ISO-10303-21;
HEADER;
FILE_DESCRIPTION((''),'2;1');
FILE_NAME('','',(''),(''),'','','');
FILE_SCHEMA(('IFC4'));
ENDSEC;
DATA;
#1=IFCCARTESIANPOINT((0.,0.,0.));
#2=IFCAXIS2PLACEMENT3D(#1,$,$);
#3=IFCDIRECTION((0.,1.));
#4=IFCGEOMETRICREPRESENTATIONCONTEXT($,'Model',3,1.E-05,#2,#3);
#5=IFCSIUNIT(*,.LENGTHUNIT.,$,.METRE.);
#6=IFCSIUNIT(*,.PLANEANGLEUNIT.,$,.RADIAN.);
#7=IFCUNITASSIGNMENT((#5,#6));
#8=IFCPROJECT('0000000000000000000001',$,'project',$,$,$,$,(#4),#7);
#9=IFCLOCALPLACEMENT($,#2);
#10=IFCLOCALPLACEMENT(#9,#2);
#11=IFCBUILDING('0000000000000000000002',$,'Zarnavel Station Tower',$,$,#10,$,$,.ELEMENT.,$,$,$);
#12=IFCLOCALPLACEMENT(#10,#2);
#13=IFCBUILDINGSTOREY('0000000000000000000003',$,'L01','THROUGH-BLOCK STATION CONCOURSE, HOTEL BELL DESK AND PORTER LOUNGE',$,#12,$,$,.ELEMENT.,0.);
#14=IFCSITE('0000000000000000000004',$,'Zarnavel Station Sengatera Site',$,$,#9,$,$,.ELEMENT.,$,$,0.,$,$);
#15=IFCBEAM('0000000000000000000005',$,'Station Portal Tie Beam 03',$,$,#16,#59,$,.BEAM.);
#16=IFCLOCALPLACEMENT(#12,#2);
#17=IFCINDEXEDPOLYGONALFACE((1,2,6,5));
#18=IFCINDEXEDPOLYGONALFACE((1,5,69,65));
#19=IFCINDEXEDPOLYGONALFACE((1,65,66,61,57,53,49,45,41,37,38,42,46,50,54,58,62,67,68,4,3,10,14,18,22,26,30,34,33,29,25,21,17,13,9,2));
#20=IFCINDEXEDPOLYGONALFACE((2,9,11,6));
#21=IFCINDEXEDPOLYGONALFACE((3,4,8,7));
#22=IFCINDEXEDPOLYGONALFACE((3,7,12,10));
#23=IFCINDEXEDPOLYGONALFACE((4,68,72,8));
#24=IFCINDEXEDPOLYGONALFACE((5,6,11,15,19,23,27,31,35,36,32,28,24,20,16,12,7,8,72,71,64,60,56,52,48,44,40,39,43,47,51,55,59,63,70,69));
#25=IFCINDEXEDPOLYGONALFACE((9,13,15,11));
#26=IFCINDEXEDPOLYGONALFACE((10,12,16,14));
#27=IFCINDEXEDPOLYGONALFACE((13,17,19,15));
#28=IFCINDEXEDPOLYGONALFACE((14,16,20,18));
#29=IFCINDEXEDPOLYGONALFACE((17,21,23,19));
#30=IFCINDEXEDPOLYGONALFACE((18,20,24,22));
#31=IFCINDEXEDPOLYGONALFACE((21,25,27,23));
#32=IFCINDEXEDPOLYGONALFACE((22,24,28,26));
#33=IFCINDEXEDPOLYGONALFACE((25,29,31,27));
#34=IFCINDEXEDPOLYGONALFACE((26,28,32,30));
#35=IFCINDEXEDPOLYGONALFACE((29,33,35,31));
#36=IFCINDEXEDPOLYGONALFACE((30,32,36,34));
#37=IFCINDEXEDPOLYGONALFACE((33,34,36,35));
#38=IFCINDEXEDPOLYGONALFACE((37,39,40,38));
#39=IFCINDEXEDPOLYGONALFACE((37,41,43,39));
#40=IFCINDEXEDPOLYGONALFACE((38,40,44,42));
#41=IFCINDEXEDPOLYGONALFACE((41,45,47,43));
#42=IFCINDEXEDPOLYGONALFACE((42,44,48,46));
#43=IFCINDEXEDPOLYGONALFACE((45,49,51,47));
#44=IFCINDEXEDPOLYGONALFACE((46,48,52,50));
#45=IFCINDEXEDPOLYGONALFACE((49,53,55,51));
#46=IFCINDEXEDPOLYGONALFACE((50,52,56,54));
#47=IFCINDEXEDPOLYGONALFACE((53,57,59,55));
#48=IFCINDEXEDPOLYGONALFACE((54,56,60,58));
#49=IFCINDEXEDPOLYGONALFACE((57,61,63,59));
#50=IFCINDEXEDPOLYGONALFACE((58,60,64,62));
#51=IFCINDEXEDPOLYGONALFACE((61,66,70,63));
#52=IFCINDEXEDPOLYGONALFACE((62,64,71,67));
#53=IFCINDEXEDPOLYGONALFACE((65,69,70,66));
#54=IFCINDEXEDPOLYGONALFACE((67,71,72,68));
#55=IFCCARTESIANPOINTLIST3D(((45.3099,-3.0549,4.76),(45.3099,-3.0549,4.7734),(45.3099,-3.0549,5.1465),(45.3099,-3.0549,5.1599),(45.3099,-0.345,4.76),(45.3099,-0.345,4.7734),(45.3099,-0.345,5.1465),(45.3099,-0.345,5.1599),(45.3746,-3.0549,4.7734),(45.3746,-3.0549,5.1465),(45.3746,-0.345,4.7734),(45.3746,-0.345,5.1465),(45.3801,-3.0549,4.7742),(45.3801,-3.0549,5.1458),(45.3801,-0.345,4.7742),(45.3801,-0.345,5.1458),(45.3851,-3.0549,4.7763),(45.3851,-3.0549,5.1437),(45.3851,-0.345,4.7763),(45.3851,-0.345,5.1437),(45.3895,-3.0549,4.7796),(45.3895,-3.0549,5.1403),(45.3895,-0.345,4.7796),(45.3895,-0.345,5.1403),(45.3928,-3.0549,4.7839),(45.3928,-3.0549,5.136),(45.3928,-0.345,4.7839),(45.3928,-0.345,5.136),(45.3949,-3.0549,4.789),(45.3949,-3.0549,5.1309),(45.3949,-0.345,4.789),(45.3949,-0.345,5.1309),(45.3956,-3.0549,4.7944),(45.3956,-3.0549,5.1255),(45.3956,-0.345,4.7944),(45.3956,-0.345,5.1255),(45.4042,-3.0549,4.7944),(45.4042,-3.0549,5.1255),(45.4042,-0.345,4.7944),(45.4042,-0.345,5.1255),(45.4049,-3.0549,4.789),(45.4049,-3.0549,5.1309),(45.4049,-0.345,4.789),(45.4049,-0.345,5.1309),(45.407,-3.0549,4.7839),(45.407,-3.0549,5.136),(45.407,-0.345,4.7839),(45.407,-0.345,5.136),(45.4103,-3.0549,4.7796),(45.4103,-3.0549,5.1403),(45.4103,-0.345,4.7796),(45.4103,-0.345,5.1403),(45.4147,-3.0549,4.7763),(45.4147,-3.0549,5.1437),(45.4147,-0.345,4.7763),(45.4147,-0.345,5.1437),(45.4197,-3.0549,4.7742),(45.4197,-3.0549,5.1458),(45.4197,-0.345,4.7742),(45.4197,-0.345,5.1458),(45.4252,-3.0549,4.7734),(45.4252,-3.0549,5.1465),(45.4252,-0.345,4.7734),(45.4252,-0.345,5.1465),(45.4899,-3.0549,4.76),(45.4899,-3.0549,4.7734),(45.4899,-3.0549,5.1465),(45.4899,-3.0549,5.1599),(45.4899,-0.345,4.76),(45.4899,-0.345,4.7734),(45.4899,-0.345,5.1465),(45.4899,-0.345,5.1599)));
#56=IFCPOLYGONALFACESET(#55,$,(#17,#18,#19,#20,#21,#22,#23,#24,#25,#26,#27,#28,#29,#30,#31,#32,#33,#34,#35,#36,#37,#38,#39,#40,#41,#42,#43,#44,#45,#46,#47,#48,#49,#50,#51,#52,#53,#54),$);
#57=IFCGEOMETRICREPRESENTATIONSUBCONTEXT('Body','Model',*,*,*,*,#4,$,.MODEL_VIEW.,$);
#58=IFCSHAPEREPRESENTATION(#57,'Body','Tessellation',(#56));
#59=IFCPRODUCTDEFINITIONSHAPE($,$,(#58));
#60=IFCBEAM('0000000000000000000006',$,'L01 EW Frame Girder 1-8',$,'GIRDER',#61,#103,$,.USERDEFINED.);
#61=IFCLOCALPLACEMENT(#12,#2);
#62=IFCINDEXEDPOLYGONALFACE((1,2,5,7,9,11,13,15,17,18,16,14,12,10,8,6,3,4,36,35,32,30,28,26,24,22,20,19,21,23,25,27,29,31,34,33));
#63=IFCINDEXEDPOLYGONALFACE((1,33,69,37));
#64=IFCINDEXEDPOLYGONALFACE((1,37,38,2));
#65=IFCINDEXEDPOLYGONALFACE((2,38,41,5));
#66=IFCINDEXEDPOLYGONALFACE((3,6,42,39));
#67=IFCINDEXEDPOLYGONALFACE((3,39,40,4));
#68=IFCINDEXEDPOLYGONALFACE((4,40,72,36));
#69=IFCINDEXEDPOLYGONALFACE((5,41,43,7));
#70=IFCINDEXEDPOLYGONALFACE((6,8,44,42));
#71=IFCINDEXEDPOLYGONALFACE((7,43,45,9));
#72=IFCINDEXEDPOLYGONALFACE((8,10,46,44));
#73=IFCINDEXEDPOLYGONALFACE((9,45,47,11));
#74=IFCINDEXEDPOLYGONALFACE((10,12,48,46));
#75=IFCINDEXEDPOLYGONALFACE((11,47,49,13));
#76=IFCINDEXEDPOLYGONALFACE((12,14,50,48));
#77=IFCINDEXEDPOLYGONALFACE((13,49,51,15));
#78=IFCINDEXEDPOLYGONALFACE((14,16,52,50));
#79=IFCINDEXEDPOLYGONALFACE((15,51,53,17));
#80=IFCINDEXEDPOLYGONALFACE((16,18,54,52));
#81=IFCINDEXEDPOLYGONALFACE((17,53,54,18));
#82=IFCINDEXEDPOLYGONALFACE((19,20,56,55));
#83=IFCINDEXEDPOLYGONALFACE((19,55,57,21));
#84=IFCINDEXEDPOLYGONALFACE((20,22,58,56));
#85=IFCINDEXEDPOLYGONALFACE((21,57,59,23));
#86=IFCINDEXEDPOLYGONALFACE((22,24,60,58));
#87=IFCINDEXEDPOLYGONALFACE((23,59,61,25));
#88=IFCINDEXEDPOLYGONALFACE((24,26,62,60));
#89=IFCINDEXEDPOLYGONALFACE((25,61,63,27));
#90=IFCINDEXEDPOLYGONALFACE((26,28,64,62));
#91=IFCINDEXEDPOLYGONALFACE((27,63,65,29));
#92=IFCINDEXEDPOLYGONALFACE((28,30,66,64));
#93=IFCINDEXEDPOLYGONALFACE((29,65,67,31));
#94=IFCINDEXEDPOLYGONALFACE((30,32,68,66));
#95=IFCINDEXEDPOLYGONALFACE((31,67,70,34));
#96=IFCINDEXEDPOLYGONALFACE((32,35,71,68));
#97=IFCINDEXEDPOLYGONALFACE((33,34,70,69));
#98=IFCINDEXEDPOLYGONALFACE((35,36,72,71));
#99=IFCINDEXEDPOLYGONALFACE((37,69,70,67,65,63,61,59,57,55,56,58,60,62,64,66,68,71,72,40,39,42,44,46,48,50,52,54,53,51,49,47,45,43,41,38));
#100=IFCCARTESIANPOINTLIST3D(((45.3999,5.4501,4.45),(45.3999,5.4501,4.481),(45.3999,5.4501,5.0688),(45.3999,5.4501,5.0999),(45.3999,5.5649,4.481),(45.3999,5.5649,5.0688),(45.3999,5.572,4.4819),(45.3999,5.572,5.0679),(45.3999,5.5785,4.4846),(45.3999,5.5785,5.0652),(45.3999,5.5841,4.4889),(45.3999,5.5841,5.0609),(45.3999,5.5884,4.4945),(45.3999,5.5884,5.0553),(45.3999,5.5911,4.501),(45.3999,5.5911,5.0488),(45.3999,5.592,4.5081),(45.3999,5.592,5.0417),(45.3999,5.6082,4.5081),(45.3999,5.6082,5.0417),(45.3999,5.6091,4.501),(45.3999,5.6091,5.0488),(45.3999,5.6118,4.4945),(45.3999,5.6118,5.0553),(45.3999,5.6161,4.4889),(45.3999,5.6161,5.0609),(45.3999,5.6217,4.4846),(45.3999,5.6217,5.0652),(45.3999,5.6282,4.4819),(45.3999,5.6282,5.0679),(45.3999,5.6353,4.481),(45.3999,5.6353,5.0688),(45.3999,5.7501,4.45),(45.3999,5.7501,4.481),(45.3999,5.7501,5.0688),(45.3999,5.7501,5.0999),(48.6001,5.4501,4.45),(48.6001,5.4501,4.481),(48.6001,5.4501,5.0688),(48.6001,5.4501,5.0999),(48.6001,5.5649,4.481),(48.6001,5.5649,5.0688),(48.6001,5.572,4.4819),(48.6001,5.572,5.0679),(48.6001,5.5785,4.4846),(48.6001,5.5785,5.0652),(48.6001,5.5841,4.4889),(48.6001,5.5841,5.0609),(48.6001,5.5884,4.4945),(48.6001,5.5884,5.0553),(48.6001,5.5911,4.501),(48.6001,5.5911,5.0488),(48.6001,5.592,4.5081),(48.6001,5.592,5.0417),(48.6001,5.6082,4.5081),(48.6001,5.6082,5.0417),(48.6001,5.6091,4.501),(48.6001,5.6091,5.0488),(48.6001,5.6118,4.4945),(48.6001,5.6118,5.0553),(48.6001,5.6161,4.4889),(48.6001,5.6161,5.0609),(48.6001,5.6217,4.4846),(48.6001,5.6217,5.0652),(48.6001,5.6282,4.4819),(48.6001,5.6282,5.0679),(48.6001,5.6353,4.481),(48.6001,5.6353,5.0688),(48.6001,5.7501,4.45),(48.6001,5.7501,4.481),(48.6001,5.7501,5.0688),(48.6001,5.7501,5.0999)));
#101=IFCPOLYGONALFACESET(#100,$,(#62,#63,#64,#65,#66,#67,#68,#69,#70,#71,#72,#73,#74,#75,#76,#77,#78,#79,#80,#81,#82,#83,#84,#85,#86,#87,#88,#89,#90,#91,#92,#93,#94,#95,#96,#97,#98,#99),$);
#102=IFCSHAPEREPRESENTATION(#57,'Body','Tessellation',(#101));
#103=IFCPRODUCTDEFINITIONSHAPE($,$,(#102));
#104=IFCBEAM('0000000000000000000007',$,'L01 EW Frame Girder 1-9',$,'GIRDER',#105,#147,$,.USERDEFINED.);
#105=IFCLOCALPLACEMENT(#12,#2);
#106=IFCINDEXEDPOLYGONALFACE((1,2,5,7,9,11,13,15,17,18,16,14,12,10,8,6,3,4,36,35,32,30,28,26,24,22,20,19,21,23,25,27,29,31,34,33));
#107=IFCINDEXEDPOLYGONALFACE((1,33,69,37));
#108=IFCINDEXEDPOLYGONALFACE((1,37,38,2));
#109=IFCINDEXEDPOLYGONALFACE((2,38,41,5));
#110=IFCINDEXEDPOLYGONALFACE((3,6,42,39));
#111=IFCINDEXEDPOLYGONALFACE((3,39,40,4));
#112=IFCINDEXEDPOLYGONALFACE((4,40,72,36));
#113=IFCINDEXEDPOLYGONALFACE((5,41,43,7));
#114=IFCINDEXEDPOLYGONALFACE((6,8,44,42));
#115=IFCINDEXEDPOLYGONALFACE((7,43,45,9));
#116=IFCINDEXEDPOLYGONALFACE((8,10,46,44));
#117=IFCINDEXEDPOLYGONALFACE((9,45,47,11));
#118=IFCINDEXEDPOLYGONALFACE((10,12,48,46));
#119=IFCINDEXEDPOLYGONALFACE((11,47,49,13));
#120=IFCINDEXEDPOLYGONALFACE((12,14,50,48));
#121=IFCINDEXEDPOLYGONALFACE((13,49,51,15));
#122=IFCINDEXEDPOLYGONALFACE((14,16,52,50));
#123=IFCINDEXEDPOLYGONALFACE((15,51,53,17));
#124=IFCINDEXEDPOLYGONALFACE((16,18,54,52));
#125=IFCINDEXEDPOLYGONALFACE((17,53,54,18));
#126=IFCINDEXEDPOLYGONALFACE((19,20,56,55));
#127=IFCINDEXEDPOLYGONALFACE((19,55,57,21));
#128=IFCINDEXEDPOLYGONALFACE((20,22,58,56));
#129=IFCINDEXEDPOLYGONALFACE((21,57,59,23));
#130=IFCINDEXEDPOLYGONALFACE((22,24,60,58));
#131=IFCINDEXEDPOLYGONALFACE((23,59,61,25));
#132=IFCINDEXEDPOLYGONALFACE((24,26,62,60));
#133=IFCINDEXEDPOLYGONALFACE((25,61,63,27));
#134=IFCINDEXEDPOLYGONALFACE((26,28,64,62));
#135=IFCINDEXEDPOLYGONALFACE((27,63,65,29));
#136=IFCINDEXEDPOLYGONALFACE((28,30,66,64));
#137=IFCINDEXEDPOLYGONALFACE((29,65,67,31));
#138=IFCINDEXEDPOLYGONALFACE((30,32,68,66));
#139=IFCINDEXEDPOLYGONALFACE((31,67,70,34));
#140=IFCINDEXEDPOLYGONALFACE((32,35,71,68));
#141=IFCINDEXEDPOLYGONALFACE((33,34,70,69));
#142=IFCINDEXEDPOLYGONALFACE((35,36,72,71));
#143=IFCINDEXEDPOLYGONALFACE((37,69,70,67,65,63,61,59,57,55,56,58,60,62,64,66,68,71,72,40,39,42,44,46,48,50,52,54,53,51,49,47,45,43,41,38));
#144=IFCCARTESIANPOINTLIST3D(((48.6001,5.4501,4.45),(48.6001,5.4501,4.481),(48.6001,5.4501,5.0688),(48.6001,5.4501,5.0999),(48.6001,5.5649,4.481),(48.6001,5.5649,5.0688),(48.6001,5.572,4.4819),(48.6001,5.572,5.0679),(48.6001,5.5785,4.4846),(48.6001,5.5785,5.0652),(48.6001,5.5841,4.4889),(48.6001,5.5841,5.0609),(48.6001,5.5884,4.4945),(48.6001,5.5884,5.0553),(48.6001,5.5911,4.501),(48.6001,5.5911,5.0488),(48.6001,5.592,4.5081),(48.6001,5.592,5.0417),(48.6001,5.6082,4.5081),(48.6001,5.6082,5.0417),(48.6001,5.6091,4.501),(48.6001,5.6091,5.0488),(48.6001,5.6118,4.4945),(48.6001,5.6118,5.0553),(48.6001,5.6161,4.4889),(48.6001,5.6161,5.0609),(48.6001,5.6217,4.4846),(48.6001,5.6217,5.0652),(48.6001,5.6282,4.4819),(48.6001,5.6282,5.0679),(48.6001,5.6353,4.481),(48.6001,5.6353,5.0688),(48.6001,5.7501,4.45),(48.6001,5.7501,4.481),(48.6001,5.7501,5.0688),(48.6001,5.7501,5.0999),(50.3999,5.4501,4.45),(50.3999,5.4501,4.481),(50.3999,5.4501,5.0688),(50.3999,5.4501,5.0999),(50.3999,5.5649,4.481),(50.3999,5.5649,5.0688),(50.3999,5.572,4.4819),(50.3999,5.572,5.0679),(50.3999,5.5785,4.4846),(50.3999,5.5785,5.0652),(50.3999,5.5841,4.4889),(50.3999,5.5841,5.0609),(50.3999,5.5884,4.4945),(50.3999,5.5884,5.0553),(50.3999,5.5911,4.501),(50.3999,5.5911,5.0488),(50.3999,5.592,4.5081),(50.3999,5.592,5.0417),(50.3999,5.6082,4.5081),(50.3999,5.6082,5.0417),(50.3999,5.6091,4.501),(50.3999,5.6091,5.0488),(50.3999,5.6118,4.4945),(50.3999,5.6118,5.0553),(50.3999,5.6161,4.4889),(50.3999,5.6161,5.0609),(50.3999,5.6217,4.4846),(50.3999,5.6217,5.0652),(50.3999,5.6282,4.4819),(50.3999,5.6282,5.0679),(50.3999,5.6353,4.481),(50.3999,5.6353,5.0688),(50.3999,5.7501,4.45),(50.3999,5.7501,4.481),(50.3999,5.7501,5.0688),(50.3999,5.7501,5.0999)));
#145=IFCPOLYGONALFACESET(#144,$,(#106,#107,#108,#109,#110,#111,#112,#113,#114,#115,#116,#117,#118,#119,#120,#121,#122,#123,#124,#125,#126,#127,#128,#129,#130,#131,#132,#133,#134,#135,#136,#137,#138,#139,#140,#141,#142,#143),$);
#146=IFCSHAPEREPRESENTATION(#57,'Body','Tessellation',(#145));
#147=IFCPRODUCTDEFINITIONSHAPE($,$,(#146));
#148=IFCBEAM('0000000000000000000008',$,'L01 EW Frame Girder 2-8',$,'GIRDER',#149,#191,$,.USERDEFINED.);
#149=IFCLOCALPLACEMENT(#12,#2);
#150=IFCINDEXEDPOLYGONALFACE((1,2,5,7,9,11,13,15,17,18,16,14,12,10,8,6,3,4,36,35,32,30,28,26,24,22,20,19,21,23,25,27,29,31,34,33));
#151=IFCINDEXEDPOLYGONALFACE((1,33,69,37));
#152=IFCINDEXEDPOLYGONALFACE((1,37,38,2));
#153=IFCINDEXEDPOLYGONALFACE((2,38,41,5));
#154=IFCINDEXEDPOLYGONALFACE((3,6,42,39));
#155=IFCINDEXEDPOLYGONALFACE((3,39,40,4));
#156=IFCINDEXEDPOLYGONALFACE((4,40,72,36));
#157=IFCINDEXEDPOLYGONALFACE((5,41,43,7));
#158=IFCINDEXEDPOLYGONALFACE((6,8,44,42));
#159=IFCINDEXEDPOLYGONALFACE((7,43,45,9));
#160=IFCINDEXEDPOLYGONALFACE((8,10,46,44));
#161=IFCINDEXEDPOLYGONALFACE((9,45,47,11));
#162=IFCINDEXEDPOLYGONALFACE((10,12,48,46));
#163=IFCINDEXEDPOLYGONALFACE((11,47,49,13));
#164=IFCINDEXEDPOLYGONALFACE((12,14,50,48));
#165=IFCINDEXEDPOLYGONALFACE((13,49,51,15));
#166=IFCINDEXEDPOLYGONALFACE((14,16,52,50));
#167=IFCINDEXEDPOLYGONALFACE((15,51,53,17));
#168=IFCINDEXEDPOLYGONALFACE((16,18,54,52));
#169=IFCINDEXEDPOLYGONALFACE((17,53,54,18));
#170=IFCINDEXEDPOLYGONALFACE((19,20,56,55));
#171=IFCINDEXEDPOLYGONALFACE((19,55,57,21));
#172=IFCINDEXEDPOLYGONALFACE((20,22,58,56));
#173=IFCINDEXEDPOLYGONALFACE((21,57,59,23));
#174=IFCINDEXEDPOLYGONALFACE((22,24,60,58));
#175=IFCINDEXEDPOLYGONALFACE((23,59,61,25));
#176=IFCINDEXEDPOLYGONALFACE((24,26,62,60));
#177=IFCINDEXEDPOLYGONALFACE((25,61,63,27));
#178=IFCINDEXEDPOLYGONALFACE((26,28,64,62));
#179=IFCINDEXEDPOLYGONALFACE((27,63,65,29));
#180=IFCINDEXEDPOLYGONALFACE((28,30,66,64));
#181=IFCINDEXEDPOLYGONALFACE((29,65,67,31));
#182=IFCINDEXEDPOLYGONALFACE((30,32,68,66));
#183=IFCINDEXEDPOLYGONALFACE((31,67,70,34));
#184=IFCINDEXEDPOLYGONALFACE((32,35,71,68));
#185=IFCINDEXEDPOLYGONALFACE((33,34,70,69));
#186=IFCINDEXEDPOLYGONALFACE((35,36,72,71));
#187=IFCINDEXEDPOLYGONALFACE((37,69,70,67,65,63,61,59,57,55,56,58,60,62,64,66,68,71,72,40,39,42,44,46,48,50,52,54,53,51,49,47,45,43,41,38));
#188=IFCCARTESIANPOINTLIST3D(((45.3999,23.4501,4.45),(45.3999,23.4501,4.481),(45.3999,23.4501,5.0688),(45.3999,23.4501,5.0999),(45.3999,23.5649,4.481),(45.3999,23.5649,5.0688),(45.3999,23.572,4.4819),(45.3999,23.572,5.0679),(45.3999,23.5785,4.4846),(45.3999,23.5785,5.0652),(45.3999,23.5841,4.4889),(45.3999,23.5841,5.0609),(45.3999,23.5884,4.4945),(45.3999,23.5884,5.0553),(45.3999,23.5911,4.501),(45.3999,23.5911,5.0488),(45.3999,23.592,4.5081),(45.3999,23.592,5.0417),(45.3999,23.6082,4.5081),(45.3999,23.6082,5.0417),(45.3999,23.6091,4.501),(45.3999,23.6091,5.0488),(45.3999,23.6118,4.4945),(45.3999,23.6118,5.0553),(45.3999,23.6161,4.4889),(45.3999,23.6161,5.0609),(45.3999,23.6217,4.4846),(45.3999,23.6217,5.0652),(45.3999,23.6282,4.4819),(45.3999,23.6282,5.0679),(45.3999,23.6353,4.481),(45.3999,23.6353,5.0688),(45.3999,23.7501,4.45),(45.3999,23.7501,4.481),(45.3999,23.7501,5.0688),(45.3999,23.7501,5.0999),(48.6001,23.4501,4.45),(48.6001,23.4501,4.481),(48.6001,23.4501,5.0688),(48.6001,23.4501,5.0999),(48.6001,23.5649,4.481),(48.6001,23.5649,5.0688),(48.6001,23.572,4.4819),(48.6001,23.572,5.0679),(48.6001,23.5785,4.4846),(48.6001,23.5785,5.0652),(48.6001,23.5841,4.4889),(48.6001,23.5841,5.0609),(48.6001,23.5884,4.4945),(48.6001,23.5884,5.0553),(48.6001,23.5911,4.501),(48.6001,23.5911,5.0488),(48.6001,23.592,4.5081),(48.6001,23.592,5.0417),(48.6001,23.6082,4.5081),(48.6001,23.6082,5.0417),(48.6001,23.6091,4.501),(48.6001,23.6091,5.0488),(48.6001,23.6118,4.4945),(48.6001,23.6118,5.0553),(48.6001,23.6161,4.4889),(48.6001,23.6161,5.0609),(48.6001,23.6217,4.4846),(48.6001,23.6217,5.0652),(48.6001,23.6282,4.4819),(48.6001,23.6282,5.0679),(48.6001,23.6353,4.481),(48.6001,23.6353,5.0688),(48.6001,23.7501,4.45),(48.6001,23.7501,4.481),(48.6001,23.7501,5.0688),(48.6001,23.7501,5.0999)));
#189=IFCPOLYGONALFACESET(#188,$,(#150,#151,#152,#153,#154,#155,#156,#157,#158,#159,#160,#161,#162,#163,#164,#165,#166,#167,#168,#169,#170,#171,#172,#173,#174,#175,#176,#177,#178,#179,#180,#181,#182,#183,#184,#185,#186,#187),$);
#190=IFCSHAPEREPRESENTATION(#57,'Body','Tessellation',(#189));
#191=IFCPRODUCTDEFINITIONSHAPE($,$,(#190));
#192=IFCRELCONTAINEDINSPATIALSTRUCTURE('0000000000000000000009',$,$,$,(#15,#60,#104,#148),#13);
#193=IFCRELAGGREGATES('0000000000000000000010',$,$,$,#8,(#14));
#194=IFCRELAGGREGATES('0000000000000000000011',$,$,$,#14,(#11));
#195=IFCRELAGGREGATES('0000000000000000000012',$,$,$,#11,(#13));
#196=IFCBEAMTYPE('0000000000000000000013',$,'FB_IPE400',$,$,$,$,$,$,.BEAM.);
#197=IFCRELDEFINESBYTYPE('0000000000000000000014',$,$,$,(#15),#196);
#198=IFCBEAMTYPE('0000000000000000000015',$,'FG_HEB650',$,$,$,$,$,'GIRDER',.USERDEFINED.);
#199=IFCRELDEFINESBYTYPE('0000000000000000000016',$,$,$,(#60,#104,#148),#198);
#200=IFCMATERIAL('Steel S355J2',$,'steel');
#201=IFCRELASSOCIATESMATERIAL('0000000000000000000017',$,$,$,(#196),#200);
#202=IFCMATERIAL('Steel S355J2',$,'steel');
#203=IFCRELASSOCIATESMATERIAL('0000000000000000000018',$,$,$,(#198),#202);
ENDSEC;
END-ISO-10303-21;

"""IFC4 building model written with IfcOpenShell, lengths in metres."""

from ifc_helpers import new_model, si_unit, direction, frame, origin, origin_2d, place, context, subcontext, project, spatial, i_section, extrude, material, material_profile, profile_set, type_object, element, save


model = new_model("IFC4")

# Units and contexts
model_context = context("Model", 3, precision=1e-05, world=origin(), true_north=direction((0.0, 1.0)))
body_context = subcontext(model_context, "Body", "Model", "MODEL_VIEW")
ifc_project = project(units=[si_unit("LENGTHUNIT", "METRE"), si_unit("PLANEANGLEUNIT", "RADIAN")], contexts=[model_context])

# Site, building, storey
site_placement = place(None, origin())
site = spatial("IfcSite", under=ifc_project, at=site_placement, Name="Zarnavel Station Sengatera Site", CompositionType="ELEMENT", RefElevation=0.0)
building_placement = place(site_placement, origin())
building = spatial("IfcBuilding", under=site, at=building_placement, Name="Zarnavel Station Tower", CompositionType="ELEMENT")
storey_placement = place(building_placement, origin())
storey = spatial("IfcBuildingStorey", under=building, at=storey_placement, Name="L01", Description="THROUGH-BLOCK STATION CONCOURSE, HOTEL BELL DESK AND PORTER LOUNGE", CompositionType="ELEMENT", Elevation=0.0)

# Beams
ifc_material_1 = material(Name="Steel S355J2", Category="steel")
ifc_material_profile_1 = material_profile(ifc_material_1, i_section(OverallWidth=0.1799, OverallDepth=0.3999, WebThickness=0.0085, FlangeThickness=0.0134, FilletRadius=0.021, at=origin_2d()), Name="IPE400")
ifc_profile_set_1 = profile_set([ifc_material_profile_1], Name="Steel S355J2")
beam_type_1 = type_object("IfcBeamType", Name="FB_IPE400", PredefinedType="BEAM", material=ifc_profile_set_1)
beam_1_placement = place(storey_placement, frame((45.3999, -3.0549, 4.96), z_axis=(0.0, 1.0, 0.0), x_axis=(-1.0, 0.0, 0.0)))
element("IfcBeam", 1, at=beam_1_placement, inside=storey, type_object=beam_type_1, Name="Station Portal Tie Beam 03", PredefinedType="BEAM", context=body_context, shape_type="SweptSolid", body=[
    extrude(i_section(OverallWidth=0.1799, OverallDepth=0.3999, WebThickness=0.0085, FlangeThickness=0.0134, FilletRadius=0.021, at=origin_2d()), origin(), (0.0, 0.0, 1.0), 2.71),
])
ifc_material_2 = material(Name="Steel S355J2", Category="steel")
ifc_material_profile_2 = material_profile(ifc_material_2, i_section(OverallWidth=0.3, OverallDepth=0.6499, WebThickness=0.0161, FlangeThickness=0.031, FilletRadius=0.0271, at=origin_2d()), Name="HEB650")
ifc_profile_set_2 = profile_set([ifc_material_profile_2], Name="Steel S355J2")
beam_type_2 = type_object("IfcBeamType", Name="FG_HEB650", ElementType="GIRDER", PredefinedType="USERDEFINED", material=ifc_profile_set_2)
beam_2_placement = place(storey_placement, frame((45.3999, 5.6001, 4.7749), z_axis=(1.0, 0.0, 0.0), x_axis=(0.0, 1.0, 0.0)))
element("IfcBeam", 2, at=beam_2_placement, inside=storey, type_object=beam_type_2, Name="L01 EW Frame Girder 1-8", ObjectType="GIRDER", PredefinedType="USERDEFINED", context=body_context, shape_type="SweptSolid", body=[
    extrude(i_section(OverallWidth=0.3, OverallDepth=0.6499, WebThickness=0.0161, FlangeThickness=0.031, FilletRadius=0.0271, at=origin_2d()), origin(), (0.0, 0.0, 1.0), 3.2002),
])
beam_3_placement = place(storey_placement, frame((48.6001, 5.6001, 4.7749), z_axis=(1.0, 0.0, 0.0), x_axis=(0.0, 1.0, 0.0)))
element("IfcBeam", 3, at=beam_3_placement, inside=storey, type_object=beam_type_2, Name="L01 EW Frame Girder 1-9", ObjectType="GIRDER", PredefinedType="USERDEFINED", context=body_context, shape_type="SweptSolid", body=[
    extrude(i_section(OverallWidth=0.3, OverallDepth=0.6499, WebThickness=0.0161, FlangeThickness=0.031, FilletRadius=0.0271, at=origin_2d()), origin(), (0.0, 0.0, 1.0), 1.7998),
])
beam_4_placement = place(storey_placement, frame((45.3999, 23.6001, 4.7749), z_axis=(1.0, 0.0, 0.0), x_axis=(0.0, 1.0, 0.0)))
element("IfcBeam", 4, at=beam_4_placement, inside=storey, type_object=beam_type_2, Name="L01 EW Frame Girder 2-8", ObjectType="GIRDER", PredefinedType="USERDEFINED", context=body_context, shape_type="SweptSolid", body=[
    extrude(i_section(OverallWidth=0.3, OverallDepth=0.6499, WebThickness=0.0161, FlangeThickness=0.031, FilletRadius=0.0271, at=origin_2d()), origin(), (0.0, 0.0, 1.0), 3.2002),
])

save(model, "model.ifc")
